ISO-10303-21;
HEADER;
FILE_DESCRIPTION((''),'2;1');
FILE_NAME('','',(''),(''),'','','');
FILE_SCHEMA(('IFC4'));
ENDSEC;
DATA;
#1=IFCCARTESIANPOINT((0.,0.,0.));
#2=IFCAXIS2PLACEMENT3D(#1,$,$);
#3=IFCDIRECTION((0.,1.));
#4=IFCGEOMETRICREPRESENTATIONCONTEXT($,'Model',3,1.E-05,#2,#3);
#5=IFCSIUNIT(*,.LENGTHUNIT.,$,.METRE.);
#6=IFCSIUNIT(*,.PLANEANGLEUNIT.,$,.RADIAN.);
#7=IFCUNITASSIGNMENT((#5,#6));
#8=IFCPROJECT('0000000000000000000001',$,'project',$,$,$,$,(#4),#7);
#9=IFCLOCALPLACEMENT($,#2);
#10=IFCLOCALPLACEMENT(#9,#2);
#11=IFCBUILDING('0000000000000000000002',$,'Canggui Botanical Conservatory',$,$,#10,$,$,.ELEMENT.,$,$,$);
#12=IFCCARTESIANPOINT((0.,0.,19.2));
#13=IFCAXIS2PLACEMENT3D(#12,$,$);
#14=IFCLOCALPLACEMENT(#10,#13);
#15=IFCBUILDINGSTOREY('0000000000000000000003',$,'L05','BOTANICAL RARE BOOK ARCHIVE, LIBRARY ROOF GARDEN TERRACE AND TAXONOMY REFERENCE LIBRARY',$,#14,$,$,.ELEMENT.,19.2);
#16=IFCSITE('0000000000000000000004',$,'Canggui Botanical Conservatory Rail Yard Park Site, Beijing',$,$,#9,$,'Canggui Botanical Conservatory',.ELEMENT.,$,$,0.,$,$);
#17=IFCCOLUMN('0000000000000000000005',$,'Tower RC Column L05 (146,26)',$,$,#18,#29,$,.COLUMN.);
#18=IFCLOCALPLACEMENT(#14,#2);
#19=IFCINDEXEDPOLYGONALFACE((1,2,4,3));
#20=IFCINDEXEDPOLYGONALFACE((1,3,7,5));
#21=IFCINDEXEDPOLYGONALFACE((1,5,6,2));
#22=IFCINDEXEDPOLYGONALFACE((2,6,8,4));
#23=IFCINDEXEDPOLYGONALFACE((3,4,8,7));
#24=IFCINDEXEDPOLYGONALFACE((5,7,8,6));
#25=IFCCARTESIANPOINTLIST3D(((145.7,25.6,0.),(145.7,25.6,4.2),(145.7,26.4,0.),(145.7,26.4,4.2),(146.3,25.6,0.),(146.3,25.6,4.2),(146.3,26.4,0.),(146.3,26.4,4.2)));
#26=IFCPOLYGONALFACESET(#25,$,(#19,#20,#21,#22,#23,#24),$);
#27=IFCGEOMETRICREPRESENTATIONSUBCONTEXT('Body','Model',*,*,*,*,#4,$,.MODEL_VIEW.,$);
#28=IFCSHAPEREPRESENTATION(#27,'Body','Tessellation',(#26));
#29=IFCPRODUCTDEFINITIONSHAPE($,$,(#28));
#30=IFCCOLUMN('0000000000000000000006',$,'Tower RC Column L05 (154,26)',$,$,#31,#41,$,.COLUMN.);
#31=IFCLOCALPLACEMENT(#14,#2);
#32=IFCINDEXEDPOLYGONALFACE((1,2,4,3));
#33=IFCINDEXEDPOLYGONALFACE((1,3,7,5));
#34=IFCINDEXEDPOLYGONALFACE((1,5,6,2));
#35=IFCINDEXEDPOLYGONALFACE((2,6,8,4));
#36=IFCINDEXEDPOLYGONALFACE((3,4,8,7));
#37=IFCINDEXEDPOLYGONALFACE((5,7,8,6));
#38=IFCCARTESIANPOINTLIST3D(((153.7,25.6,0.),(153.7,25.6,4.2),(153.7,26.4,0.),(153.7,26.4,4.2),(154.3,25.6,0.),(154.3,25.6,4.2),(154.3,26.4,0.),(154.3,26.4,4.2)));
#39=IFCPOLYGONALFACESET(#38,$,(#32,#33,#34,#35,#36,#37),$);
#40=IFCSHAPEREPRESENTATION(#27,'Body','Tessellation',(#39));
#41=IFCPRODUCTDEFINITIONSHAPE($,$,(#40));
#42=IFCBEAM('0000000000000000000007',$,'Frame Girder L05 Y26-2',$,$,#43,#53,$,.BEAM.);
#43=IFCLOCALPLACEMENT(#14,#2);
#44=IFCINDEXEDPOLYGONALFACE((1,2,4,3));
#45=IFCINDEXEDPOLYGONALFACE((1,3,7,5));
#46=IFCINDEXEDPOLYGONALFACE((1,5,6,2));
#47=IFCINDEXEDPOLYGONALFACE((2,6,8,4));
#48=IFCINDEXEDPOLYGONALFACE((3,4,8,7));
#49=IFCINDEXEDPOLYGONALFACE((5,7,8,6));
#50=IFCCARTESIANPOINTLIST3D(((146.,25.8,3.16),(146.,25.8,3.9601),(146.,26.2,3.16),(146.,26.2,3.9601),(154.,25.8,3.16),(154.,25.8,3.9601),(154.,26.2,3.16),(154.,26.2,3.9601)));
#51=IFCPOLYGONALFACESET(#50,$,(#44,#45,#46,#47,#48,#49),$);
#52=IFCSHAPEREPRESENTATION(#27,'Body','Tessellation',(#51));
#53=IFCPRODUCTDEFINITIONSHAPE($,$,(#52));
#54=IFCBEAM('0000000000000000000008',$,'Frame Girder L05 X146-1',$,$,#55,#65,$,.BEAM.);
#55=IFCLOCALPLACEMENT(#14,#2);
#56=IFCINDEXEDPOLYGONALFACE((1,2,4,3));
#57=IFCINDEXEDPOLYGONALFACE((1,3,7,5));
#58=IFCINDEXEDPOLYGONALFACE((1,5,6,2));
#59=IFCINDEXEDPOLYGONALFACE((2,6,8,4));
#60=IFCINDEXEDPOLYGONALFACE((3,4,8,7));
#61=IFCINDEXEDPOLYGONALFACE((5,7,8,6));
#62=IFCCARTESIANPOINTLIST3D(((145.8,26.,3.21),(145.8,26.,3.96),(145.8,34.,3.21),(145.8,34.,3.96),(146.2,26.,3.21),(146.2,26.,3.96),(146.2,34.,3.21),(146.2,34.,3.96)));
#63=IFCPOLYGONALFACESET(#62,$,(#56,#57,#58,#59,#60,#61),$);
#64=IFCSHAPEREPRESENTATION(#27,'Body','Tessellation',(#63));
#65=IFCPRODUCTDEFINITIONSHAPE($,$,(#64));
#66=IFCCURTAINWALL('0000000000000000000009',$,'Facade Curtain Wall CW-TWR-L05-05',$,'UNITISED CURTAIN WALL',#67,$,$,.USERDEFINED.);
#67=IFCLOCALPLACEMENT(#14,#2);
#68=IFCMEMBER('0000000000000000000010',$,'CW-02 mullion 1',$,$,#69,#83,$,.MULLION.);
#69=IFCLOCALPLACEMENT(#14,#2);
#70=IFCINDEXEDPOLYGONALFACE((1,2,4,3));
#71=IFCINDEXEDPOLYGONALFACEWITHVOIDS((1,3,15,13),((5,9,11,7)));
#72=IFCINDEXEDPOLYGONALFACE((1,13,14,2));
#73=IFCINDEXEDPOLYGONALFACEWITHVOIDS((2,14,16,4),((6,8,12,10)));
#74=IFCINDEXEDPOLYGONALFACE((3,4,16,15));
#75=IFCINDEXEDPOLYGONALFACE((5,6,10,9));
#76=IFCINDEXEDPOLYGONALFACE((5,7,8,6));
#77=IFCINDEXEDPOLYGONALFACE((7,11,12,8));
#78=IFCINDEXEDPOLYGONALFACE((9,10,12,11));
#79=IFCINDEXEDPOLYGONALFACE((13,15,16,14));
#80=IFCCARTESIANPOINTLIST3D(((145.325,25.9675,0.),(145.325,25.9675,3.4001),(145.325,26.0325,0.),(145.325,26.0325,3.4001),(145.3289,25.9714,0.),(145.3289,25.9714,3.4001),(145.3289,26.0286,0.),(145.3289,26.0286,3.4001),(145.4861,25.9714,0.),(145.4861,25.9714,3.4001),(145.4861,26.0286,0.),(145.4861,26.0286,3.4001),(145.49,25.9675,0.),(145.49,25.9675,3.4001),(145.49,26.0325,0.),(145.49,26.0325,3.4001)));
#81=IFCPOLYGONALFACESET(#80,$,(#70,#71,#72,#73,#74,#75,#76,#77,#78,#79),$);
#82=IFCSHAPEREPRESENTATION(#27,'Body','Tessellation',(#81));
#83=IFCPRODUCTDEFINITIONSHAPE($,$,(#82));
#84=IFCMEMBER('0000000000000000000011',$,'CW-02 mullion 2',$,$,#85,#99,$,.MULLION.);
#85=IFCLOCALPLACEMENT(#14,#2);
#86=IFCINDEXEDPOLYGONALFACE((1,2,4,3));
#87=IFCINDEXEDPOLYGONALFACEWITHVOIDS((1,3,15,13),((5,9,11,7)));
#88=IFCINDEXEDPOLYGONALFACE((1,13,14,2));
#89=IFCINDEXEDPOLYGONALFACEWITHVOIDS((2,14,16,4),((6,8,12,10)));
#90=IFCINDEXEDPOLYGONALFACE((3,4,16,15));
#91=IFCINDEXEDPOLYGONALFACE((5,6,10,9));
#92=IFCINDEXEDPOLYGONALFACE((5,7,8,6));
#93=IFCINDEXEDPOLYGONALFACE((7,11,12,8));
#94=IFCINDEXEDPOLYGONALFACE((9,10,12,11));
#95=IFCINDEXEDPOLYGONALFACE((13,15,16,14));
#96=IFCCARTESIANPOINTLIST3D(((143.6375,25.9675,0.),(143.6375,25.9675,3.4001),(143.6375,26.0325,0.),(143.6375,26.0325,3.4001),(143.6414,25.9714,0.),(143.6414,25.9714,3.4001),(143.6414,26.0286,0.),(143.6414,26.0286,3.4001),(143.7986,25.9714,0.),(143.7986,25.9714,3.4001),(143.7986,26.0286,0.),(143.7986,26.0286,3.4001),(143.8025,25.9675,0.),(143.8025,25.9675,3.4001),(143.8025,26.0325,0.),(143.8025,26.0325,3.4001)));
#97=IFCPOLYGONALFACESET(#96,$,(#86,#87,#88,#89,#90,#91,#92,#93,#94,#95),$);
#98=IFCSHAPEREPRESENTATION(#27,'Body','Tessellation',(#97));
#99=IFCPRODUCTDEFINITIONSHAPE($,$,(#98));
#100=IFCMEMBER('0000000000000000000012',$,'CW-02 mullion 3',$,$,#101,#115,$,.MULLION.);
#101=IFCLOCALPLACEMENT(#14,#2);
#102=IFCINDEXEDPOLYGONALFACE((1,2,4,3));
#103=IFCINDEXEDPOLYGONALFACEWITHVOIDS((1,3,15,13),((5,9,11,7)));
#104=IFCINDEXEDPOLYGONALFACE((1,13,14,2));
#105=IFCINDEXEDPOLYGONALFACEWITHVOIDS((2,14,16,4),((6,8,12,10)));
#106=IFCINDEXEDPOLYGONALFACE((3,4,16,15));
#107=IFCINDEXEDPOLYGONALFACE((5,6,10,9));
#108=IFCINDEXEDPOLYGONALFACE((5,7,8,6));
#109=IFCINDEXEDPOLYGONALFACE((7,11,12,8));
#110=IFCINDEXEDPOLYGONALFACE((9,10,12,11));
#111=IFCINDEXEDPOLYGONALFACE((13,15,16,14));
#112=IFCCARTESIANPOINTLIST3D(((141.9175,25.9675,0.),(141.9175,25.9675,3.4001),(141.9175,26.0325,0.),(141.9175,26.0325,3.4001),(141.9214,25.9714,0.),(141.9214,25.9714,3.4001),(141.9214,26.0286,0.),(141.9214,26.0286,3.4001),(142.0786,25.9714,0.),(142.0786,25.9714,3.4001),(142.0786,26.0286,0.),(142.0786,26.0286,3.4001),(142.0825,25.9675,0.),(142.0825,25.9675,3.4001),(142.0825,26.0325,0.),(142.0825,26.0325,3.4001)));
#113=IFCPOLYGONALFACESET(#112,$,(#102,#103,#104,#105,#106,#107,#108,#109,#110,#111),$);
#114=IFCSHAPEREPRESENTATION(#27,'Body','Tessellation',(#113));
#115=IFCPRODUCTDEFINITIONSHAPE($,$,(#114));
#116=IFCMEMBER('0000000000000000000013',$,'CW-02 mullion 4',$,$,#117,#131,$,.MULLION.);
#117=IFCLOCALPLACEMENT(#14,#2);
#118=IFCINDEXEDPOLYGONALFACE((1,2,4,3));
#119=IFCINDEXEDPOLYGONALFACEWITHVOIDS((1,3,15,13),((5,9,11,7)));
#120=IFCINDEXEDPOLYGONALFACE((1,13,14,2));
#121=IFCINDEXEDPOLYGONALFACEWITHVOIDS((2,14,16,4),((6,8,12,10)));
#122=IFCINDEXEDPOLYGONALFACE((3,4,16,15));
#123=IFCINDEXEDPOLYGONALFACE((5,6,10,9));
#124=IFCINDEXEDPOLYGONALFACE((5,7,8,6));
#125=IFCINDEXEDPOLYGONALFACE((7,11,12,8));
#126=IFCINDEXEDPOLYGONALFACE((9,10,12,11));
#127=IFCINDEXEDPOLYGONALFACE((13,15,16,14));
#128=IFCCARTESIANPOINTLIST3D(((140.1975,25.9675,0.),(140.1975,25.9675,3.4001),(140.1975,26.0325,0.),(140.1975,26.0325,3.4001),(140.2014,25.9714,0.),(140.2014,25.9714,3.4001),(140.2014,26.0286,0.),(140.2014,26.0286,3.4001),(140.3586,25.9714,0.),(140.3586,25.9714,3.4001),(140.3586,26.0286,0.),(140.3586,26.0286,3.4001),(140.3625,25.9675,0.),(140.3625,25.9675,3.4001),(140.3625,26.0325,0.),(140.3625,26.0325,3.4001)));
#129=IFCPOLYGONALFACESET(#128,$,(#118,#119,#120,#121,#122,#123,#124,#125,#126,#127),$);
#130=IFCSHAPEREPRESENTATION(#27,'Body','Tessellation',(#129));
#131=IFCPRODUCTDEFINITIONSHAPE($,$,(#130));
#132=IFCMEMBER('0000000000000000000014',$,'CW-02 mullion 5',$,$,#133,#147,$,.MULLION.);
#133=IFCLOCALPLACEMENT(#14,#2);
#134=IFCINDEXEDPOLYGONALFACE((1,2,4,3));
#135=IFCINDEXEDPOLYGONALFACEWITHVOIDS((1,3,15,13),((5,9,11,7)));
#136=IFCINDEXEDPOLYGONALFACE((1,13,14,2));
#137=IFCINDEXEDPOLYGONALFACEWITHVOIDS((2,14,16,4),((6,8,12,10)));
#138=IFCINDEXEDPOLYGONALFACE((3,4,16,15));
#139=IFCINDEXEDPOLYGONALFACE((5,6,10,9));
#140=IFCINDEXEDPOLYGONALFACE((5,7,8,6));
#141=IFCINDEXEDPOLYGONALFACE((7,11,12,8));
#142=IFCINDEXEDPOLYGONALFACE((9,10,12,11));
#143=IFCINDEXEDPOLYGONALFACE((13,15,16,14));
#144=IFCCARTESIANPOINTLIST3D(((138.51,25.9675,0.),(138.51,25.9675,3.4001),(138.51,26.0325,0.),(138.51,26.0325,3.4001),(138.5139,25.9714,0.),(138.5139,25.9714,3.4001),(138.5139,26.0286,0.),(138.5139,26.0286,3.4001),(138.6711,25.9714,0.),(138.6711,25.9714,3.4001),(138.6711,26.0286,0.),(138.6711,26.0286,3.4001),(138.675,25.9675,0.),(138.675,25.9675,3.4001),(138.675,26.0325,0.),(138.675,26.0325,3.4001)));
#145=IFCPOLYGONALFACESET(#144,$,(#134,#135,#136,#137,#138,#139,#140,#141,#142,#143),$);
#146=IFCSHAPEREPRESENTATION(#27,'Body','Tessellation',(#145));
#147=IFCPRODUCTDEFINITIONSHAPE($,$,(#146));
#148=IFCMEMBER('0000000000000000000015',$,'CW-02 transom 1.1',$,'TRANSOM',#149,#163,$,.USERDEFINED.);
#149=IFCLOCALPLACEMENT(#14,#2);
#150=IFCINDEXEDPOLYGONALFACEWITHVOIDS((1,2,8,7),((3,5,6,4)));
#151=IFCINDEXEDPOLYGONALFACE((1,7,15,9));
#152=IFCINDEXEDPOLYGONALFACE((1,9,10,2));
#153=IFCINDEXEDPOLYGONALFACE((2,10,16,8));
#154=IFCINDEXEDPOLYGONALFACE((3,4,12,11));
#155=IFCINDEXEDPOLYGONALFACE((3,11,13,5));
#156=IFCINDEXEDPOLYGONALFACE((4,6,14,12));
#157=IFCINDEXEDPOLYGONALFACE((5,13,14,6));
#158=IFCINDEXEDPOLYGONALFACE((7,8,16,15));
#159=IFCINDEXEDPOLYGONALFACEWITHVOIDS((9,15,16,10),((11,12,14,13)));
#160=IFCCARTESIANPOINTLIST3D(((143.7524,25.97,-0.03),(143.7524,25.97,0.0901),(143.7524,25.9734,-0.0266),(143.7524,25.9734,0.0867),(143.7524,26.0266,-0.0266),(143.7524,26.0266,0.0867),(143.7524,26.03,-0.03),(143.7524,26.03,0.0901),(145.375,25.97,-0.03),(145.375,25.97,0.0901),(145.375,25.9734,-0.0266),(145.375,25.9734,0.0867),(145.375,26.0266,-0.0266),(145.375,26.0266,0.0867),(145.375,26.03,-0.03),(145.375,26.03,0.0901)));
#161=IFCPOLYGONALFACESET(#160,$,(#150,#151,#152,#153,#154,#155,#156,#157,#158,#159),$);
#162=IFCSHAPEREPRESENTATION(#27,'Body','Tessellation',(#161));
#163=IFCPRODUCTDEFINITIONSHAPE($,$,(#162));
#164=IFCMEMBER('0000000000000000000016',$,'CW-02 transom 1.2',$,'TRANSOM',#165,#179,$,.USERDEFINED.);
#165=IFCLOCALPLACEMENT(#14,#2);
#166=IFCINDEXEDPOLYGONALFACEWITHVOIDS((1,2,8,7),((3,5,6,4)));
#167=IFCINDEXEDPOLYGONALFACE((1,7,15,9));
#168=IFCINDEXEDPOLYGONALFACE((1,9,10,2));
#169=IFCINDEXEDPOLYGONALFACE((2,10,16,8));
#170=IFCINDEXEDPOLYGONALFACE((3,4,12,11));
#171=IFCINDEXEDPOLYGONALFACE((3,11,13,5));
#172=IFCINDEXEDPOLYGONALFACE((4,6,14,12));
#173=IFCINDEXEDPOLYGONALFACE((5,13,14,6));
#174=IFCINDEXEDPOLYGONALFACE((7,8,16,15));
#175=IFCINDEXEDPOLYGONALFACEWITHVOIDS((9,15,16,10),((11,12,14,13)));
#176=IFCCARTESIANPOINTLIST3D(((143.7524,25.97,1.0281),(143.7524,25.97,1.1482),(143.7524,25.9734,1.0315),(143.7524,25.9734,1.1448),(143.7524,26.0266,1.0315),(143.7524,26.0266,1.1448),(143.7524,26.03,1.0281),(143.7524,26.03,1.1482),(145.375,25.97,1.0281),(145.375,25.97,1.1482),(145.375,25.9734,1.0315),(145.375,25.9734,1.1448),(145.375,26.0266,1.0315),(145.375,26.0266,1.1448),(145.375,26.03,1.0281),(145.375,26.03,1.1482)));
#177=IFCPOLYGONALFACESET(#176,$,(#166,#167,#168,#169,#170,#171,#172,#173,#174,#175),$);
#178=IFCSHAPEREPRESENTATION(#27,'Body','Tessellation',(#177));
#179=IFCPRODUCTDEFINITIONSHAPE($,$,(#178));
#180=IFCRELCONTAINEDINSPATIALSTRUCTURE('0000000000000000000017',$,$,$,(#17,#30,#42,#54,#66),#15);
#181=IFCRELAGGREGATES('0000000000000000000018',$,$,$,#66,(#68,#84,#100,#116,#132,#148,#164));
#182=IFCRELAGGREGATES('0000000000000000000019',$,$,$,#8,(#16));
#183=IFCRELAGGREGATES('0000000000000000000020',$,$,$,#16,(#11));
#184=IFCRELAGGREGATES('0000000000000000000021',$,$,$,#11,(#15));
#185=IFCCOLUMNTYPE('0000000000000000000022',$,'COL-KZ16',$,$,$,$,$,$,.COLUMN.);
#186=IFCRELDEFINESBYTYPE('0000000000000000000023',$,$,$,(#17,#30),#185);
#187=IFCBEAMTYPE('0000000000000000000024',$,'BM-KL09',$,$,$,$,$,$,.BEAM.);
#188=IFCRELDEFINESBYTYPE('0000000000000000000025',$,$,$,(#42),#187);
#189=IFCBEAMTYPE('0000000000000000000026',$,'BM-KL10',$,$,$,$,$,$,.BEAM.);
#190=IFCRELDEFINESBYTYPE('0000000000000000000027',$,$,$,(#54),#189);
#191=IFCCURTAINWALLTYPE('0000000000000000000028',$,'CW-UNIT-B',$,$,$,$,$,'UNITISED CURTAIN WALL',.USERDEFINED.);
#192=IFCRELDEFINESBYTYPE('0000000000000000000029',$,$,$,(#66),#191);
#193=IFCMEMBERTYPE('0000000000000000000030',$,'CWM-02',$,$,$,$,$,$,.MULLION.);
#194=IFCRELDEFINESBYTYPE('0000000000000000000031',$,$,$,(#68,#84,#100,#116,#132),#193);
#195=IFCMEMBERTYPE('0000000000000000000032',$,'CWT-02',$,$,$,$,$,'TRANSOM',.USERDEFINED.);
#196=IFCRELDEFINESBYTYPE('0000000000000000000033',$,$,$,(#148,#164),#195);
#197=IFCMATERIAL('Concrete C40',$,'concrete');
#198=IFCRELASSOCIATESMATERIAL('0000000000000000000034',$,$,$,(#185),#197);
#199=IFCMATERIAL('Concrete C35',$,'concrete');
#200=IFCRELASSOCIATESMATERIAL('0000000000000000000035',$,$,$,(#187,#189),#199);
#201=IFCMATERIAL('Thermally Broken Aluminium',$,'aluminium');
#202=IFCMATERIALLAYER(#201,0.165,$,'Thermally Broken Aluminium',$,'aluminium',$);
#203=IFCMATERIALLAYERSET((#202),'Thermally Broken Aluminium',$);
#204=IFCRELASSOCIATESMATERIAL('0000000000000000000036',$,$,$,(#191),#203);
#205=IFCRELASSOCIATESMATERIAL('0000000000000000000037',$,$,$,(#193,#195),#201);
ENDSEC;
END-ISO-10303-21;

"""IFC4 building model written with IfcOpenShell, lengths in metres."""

from ifc_helpers import new_model, si_unit, direction, frame, origin, origin_2d, place, context, subcontext, project, spatial, rectangle, hollow_rectangle, extrude, material, layer, layer_set, material_profile, profile_set, type_object, element, aggregate, save


model = new_model("IFC4")

# Units and contexts
model_context = context("Model", 3, precision=1e-05, world=origin(), true_north=direction((0.0, 1.0)))
body_context = subcontext(model_context, "Body", "Model", "MODEL_VIEW")
ifc_project = project(units=[si_unit("LENGTHUNIT", "METRE"), si_unit("PLANEANGLEUNIT", "RADIAN")], contexts=[model_context])

# Site, building, storey
site_placement = place(None, origin())
site = spatial("IfcSite", under=ifc_project, at=site_placement, Name="Canggui Botanical Conservatory Rail Yard Park Site, Beijing", LongName="Canggui Botanical Conservatory", CompositionType="ELEMENT", RefElevation=0.0)
building_placement = place(site_placement, origin())
building = spatial("IfcBuilding", under=site, at=building_placement, Name="Canggui Botanical Conservatory", CompositionType="ELEMENT")
storey_placement = place(building_placement, frame((0.0, 0.0, 19.2)))
storey = spatial("IfcBuildingStorey", under=building, at=storey_placement, Name="L05", Description="BOTANICAL RARE BOOK ARCHIVE, LIBRARY ROOF GARDEN TERRACE AND TAXONOMY REFERENCE LIBRARY", CompositionType="ELEMENT", Elevation=19.2)

# Columns
ifc_material_1 = material(Name="Concrete C40", Category="concrete")
ifc_material_profile_1 = material_profile(ifc_material_1, rectangle(XDim=0.6001, YDim=0.8, at=origin_2d()), Name="RC 600x800")
ifc_profile_set_1 = profile_set([ifc_material_profile_1], Name="Concrete C40")
column_type = type_object("IfcColumnType", Name="COL-KZ16", PredefinedType="COLUMN", material=ifc_profile_set_1)
for number, where, z_axis, x_axis, name in (
    (1, (146.0, 26.0, 0.0), (0.0, 0.0, 1.0), (1.0, 0.0, 0.0), "Tower RC Column L05 (146,26)"),
    (2, (154.0, 26.0, 0.0), (0.0, 0.0, 1.0), (1.0, 0.0, 0.0), "Tower RC Column L05 (154,26)"),
):
    element("IfcColumn", number, at=place(storey_placement, frame(where, z_axis=z_axis, x_axis=x_axis)), inside=storey, type_object=column_type, Name=name, PredefinedType="COLUMN", context=body_context, shape_type="SweptSolid", body=[
        extrude(rectangle(XDim=0.6001, YDim=0.8, at=origin_2d()), origin(), (0.0, 0.0, 1.0), 4.2),
    ])

# Beams
ifc_material_2 = material(Name="Concrete C35", Category="concrete")
ifc_material_profile_2 = material_profile(ifc_material_2, rectangle(XDim=0.3999, YDim=0.8, at=origin_2d()), Name="RB 400x800")
ifc_profile_set_2 = profile_set([ifc_material_profile_2], Name="Concrete C35")
beam_type_1 = type_object("IfcBeamType", Name="BM-KL09", PredefinedType="BEAM", material=ifc_profile_set_2)
beam_1_placement = place(storey_placement, frame((146.0, 26.0, 3.5601), z_axis=(1.0, 0.0, 0.0), x_axis=(0.0, 1.0, 0.0)))
element("IfcBeam", 3, at=beam_1_placement, inside=storey, type_object=beam_type_1, Name="Frame Girder L05 Y26-2", PredefinedType="BEAM", context=body_context, shape_type="SweptSolid", body=[
    extrude(rectangle(XDim=0.3999, YDim=0.8, at=origin_2d()), origin(), (0.0, 0.0, 1.0), 8.0),
])
ifc_material_profile_3 = material_profile(ifc_material_2, rectangle(XDim=0.3999, YDim=0.75, at=origin_2d()), Name="RB 400x750")
ifc_profile_set_3 = profile_set([ifc_material_profile_3], Name="Concrete C35")
beam_type_2 = type_object("IfcBeamType", Name="BM-KL10", PredefinedType="BEAM", material=ifc_profile_set_3)
beam_2_placement = place(storey_placement, frame((146.0, 26.0, 3.585), z_axis=(0.0, 1.0, 0.0), x_axis=(-1.0, 0.0, 0.0)))
element("IfcBeam", 4, at=beam_2_placement, inside=storey, type_object=beam_type_2, Name="Frame Girder L05 X146-1", PredefinedType="BEAM", context=body_context, shape_type="SweptSolid", body=[
    extrude(rectangle(XDim=0.3999, YDim=0.75, at=origin_2d()), origin(), (0.0, 0.0, 1.0), 8.0),
])

# Curtain wall, members
ifc_material_3 = material(Name="Thermally Broken Aluminium", Category="aluminium")
ifc_layer_1 = layer(ifc_material_3, 0.165, Name="Thermally Broken Aluminium", Category="aluminium")
ifc_layer_set_1 = layer_set([ifc_layer_1], Name="Thermally Broken Aluminium")
curtain_wall_type = type_object("IfcCurtainWallType", Name="CW-UNIT-B", ElementType="UNITISED CURTAIN WALL", PredefinedType="USERDEFINED", material=ifc_layer_set_1)
curtain_wall_placement = place(storey_placement, origin())
curtain_wall = element("IfcCurtainWall", 5, at=curtain_wall_placement, inside=storey, type_object=curtain_wall_type, Name="Facade Curtain Wall CW-TWR-L05-05", ObjectType="UNITISED CURTAIN WALL", PredefinedType="USERDEFINED")
ifc_material_profile_4 = material_profile(ifc_material_3, hollow_rectangle(XDim=0.0649, YDim=0.165, WallThickness=0.0039, at=origin_2d()), Name="CWM 65x165x4")
ifc_profile_set_4 = profile_set([ifc_material_profile_4], Name="Thermally Broken Aluminium")
member_type_1 = type_object("IfcMemberType", Name="CWM-02", PredefinedType="MULLION", material=ifc_profile_set_4)
member_1_placement = place(storey_placement, frame((145.4075, 26.0, 0.0), z_axis=(0.0, 0.0, 1.0), x_axis=(0.0, -1.0, 0.0)))
member_1 = element("IfcMember", 6, at=member_1_placement, type_object=member_type_1, Name="CW-02 mullion 1", PredefinedType="MULLION", context=body_context, shape_type="SweptSolid", body=[
    extrude(hollow_rectangle(XDim=0.0649, YDim=0.165, WallThickness=0.0039, at=origin_2d()), origin(), (0.0, 0.0, 1.0), 3.4001),
])
member_2_placement = place(storey_placement, frame((143.72, 26.0, 0.0), z_axis=(0.0, 0.0, 1.0), x_axis=(0.0, -1.0, 0.0)))
member_2 = element("IfcMember", 7, at=member_2_placement, type_object=member_type_1, Name="CW-02 mullion 2", PredefinedType="MULLION", context=body_context, shape_type="SweptSolid", body=[
    extrude(hollow_rectangle(XDim=0.0649, YDim=0.165, WallThickness=0.0039, at=origin_2d()), origin(), (0.0, 0.0, 1.0), 3.4001),
])
member_3_placement = place(storey_placement, frame((142.0, 26.0, 0.0), z_axis=(0.0, 0.0, 1.0), x_axis=(0.0, -1.0, 0.0)))
member_3 = element("IfcMember", 8, at=member_3_placement, type_object=member_type_1, Name="CW-02 mullion 3", PredefinedType="MULLION", context=body_context, shape_type="SweptSolid", body=[
    extrude(hollow_rectangle(XDim=0.0649, YDim=0.165, WallThickness=0.0039, at=origin_2d()), origin(), (0.0, 0.0, 1.0), 3.4001),
])
member_4_placement = place(storey_placement, frame((140.28, 26.0, 0.0), z_axis=(0.0, 0.0, 1.0), x_axis=(0.0, -1.0, 0.0)))
member_4 = element("IfcMember", 9, at=member_4_placement, type_object=member_type_1, Name="CW-02 mullion 4", PredefinedType="MULLION", context=body_context, shape_type="SweptSolid", body=[
    extrude(hollow_rectangle(XDim=0.0649, YDim=0.165, WallThickness=0.0039, at=origin_2d()), origin(), (0.0, 0.0, 1.0), 3.4001),
])
member_5_placement = place(storey_placement, frame((138.5925, 26.0, 0.0), z_axis=(0.0, 0.0, 1.0), x_axis=(0.0, -1.0, 0.0)))
member_5 = element("IfcMember", 10, at=member_5_placement, type_object=member_type_1, Name="CW-02 mullion 5", PredefinedType="MULLION", context=body_context, shape_type="SweptSolid", body=[
    extrude(hollow_rectangle(XDim=0.0649, YDim=0.165, WallThickness=0.0039, at=origin_2d()), origin(), (0.0, 0.0, 1.0), 3.4001),
])
ifc_material_profile_5 = material_profile(ifc_material_3, hollow_rectangle(XDim=0.0601, YDim=0.1201, WallThickness=0.0034, at=origin_2d()), Name="CWT 60x120x3.5")
ifc_profile_set_5 = profile_set([ifc_material_profile_5], Name="Thermally Broken Aluminium")
member_type_2 = type_object("IfcMemberType", Name="CWT-02", ElementType="TRANSOM", PredefinedType="USERDEFINED", material=ifc_profile_set_5)
member_6_placement = place(storey_placement, frame((145.375, 26.0, 0.03), z_axis=(-1.0, 0.0, 0.0), x_axis=(0.0, -1.0, 0.0)))
member_6 = element("IfcMember", 11, at=member_6_placement, type_object=member_type_2, Name="CW-02 transom 1.1", ObjectType="TRANSOM", PredefinedType="USERDEFINED", context=body_context, shape_type="SweptSolid", body=[
    extrude(hollow_rectangle(XDim=0.0601, YDim=0.1201, WallThickness=0.0034, at=origin_2d()), origin(), (0.0, 0.0, 1.0), 1.6226),
])
member_7_placement = place(storey_placement, frame((145.375, 26.0, 1.0881), z_axis=(-1.0, 0.0, 0.0), x_axis=(0.0, -1.0, 0.0)))
member_7 = element("IfcMember", 12, at=member_7_placement, type_object=member_type_2, Name="CW-02 transom 1.2", ObjectType="TRANSOM", PredefinedType="USERDEFINED", context=body_context, shape_type="SweptSolid", body=[
    extrude(hollow_rectangle(XDim=0.0601, YDim=0.1201, WallThickness=0.0034, at=origin_2d()), origin(), (0.0, 0.0, 1.0), 1.6226),
])
aggregate(curtain_wall, [member_1, member_2, member_3, member_4, member_5, member_6, member_7])

save(model, "model.ifc")
